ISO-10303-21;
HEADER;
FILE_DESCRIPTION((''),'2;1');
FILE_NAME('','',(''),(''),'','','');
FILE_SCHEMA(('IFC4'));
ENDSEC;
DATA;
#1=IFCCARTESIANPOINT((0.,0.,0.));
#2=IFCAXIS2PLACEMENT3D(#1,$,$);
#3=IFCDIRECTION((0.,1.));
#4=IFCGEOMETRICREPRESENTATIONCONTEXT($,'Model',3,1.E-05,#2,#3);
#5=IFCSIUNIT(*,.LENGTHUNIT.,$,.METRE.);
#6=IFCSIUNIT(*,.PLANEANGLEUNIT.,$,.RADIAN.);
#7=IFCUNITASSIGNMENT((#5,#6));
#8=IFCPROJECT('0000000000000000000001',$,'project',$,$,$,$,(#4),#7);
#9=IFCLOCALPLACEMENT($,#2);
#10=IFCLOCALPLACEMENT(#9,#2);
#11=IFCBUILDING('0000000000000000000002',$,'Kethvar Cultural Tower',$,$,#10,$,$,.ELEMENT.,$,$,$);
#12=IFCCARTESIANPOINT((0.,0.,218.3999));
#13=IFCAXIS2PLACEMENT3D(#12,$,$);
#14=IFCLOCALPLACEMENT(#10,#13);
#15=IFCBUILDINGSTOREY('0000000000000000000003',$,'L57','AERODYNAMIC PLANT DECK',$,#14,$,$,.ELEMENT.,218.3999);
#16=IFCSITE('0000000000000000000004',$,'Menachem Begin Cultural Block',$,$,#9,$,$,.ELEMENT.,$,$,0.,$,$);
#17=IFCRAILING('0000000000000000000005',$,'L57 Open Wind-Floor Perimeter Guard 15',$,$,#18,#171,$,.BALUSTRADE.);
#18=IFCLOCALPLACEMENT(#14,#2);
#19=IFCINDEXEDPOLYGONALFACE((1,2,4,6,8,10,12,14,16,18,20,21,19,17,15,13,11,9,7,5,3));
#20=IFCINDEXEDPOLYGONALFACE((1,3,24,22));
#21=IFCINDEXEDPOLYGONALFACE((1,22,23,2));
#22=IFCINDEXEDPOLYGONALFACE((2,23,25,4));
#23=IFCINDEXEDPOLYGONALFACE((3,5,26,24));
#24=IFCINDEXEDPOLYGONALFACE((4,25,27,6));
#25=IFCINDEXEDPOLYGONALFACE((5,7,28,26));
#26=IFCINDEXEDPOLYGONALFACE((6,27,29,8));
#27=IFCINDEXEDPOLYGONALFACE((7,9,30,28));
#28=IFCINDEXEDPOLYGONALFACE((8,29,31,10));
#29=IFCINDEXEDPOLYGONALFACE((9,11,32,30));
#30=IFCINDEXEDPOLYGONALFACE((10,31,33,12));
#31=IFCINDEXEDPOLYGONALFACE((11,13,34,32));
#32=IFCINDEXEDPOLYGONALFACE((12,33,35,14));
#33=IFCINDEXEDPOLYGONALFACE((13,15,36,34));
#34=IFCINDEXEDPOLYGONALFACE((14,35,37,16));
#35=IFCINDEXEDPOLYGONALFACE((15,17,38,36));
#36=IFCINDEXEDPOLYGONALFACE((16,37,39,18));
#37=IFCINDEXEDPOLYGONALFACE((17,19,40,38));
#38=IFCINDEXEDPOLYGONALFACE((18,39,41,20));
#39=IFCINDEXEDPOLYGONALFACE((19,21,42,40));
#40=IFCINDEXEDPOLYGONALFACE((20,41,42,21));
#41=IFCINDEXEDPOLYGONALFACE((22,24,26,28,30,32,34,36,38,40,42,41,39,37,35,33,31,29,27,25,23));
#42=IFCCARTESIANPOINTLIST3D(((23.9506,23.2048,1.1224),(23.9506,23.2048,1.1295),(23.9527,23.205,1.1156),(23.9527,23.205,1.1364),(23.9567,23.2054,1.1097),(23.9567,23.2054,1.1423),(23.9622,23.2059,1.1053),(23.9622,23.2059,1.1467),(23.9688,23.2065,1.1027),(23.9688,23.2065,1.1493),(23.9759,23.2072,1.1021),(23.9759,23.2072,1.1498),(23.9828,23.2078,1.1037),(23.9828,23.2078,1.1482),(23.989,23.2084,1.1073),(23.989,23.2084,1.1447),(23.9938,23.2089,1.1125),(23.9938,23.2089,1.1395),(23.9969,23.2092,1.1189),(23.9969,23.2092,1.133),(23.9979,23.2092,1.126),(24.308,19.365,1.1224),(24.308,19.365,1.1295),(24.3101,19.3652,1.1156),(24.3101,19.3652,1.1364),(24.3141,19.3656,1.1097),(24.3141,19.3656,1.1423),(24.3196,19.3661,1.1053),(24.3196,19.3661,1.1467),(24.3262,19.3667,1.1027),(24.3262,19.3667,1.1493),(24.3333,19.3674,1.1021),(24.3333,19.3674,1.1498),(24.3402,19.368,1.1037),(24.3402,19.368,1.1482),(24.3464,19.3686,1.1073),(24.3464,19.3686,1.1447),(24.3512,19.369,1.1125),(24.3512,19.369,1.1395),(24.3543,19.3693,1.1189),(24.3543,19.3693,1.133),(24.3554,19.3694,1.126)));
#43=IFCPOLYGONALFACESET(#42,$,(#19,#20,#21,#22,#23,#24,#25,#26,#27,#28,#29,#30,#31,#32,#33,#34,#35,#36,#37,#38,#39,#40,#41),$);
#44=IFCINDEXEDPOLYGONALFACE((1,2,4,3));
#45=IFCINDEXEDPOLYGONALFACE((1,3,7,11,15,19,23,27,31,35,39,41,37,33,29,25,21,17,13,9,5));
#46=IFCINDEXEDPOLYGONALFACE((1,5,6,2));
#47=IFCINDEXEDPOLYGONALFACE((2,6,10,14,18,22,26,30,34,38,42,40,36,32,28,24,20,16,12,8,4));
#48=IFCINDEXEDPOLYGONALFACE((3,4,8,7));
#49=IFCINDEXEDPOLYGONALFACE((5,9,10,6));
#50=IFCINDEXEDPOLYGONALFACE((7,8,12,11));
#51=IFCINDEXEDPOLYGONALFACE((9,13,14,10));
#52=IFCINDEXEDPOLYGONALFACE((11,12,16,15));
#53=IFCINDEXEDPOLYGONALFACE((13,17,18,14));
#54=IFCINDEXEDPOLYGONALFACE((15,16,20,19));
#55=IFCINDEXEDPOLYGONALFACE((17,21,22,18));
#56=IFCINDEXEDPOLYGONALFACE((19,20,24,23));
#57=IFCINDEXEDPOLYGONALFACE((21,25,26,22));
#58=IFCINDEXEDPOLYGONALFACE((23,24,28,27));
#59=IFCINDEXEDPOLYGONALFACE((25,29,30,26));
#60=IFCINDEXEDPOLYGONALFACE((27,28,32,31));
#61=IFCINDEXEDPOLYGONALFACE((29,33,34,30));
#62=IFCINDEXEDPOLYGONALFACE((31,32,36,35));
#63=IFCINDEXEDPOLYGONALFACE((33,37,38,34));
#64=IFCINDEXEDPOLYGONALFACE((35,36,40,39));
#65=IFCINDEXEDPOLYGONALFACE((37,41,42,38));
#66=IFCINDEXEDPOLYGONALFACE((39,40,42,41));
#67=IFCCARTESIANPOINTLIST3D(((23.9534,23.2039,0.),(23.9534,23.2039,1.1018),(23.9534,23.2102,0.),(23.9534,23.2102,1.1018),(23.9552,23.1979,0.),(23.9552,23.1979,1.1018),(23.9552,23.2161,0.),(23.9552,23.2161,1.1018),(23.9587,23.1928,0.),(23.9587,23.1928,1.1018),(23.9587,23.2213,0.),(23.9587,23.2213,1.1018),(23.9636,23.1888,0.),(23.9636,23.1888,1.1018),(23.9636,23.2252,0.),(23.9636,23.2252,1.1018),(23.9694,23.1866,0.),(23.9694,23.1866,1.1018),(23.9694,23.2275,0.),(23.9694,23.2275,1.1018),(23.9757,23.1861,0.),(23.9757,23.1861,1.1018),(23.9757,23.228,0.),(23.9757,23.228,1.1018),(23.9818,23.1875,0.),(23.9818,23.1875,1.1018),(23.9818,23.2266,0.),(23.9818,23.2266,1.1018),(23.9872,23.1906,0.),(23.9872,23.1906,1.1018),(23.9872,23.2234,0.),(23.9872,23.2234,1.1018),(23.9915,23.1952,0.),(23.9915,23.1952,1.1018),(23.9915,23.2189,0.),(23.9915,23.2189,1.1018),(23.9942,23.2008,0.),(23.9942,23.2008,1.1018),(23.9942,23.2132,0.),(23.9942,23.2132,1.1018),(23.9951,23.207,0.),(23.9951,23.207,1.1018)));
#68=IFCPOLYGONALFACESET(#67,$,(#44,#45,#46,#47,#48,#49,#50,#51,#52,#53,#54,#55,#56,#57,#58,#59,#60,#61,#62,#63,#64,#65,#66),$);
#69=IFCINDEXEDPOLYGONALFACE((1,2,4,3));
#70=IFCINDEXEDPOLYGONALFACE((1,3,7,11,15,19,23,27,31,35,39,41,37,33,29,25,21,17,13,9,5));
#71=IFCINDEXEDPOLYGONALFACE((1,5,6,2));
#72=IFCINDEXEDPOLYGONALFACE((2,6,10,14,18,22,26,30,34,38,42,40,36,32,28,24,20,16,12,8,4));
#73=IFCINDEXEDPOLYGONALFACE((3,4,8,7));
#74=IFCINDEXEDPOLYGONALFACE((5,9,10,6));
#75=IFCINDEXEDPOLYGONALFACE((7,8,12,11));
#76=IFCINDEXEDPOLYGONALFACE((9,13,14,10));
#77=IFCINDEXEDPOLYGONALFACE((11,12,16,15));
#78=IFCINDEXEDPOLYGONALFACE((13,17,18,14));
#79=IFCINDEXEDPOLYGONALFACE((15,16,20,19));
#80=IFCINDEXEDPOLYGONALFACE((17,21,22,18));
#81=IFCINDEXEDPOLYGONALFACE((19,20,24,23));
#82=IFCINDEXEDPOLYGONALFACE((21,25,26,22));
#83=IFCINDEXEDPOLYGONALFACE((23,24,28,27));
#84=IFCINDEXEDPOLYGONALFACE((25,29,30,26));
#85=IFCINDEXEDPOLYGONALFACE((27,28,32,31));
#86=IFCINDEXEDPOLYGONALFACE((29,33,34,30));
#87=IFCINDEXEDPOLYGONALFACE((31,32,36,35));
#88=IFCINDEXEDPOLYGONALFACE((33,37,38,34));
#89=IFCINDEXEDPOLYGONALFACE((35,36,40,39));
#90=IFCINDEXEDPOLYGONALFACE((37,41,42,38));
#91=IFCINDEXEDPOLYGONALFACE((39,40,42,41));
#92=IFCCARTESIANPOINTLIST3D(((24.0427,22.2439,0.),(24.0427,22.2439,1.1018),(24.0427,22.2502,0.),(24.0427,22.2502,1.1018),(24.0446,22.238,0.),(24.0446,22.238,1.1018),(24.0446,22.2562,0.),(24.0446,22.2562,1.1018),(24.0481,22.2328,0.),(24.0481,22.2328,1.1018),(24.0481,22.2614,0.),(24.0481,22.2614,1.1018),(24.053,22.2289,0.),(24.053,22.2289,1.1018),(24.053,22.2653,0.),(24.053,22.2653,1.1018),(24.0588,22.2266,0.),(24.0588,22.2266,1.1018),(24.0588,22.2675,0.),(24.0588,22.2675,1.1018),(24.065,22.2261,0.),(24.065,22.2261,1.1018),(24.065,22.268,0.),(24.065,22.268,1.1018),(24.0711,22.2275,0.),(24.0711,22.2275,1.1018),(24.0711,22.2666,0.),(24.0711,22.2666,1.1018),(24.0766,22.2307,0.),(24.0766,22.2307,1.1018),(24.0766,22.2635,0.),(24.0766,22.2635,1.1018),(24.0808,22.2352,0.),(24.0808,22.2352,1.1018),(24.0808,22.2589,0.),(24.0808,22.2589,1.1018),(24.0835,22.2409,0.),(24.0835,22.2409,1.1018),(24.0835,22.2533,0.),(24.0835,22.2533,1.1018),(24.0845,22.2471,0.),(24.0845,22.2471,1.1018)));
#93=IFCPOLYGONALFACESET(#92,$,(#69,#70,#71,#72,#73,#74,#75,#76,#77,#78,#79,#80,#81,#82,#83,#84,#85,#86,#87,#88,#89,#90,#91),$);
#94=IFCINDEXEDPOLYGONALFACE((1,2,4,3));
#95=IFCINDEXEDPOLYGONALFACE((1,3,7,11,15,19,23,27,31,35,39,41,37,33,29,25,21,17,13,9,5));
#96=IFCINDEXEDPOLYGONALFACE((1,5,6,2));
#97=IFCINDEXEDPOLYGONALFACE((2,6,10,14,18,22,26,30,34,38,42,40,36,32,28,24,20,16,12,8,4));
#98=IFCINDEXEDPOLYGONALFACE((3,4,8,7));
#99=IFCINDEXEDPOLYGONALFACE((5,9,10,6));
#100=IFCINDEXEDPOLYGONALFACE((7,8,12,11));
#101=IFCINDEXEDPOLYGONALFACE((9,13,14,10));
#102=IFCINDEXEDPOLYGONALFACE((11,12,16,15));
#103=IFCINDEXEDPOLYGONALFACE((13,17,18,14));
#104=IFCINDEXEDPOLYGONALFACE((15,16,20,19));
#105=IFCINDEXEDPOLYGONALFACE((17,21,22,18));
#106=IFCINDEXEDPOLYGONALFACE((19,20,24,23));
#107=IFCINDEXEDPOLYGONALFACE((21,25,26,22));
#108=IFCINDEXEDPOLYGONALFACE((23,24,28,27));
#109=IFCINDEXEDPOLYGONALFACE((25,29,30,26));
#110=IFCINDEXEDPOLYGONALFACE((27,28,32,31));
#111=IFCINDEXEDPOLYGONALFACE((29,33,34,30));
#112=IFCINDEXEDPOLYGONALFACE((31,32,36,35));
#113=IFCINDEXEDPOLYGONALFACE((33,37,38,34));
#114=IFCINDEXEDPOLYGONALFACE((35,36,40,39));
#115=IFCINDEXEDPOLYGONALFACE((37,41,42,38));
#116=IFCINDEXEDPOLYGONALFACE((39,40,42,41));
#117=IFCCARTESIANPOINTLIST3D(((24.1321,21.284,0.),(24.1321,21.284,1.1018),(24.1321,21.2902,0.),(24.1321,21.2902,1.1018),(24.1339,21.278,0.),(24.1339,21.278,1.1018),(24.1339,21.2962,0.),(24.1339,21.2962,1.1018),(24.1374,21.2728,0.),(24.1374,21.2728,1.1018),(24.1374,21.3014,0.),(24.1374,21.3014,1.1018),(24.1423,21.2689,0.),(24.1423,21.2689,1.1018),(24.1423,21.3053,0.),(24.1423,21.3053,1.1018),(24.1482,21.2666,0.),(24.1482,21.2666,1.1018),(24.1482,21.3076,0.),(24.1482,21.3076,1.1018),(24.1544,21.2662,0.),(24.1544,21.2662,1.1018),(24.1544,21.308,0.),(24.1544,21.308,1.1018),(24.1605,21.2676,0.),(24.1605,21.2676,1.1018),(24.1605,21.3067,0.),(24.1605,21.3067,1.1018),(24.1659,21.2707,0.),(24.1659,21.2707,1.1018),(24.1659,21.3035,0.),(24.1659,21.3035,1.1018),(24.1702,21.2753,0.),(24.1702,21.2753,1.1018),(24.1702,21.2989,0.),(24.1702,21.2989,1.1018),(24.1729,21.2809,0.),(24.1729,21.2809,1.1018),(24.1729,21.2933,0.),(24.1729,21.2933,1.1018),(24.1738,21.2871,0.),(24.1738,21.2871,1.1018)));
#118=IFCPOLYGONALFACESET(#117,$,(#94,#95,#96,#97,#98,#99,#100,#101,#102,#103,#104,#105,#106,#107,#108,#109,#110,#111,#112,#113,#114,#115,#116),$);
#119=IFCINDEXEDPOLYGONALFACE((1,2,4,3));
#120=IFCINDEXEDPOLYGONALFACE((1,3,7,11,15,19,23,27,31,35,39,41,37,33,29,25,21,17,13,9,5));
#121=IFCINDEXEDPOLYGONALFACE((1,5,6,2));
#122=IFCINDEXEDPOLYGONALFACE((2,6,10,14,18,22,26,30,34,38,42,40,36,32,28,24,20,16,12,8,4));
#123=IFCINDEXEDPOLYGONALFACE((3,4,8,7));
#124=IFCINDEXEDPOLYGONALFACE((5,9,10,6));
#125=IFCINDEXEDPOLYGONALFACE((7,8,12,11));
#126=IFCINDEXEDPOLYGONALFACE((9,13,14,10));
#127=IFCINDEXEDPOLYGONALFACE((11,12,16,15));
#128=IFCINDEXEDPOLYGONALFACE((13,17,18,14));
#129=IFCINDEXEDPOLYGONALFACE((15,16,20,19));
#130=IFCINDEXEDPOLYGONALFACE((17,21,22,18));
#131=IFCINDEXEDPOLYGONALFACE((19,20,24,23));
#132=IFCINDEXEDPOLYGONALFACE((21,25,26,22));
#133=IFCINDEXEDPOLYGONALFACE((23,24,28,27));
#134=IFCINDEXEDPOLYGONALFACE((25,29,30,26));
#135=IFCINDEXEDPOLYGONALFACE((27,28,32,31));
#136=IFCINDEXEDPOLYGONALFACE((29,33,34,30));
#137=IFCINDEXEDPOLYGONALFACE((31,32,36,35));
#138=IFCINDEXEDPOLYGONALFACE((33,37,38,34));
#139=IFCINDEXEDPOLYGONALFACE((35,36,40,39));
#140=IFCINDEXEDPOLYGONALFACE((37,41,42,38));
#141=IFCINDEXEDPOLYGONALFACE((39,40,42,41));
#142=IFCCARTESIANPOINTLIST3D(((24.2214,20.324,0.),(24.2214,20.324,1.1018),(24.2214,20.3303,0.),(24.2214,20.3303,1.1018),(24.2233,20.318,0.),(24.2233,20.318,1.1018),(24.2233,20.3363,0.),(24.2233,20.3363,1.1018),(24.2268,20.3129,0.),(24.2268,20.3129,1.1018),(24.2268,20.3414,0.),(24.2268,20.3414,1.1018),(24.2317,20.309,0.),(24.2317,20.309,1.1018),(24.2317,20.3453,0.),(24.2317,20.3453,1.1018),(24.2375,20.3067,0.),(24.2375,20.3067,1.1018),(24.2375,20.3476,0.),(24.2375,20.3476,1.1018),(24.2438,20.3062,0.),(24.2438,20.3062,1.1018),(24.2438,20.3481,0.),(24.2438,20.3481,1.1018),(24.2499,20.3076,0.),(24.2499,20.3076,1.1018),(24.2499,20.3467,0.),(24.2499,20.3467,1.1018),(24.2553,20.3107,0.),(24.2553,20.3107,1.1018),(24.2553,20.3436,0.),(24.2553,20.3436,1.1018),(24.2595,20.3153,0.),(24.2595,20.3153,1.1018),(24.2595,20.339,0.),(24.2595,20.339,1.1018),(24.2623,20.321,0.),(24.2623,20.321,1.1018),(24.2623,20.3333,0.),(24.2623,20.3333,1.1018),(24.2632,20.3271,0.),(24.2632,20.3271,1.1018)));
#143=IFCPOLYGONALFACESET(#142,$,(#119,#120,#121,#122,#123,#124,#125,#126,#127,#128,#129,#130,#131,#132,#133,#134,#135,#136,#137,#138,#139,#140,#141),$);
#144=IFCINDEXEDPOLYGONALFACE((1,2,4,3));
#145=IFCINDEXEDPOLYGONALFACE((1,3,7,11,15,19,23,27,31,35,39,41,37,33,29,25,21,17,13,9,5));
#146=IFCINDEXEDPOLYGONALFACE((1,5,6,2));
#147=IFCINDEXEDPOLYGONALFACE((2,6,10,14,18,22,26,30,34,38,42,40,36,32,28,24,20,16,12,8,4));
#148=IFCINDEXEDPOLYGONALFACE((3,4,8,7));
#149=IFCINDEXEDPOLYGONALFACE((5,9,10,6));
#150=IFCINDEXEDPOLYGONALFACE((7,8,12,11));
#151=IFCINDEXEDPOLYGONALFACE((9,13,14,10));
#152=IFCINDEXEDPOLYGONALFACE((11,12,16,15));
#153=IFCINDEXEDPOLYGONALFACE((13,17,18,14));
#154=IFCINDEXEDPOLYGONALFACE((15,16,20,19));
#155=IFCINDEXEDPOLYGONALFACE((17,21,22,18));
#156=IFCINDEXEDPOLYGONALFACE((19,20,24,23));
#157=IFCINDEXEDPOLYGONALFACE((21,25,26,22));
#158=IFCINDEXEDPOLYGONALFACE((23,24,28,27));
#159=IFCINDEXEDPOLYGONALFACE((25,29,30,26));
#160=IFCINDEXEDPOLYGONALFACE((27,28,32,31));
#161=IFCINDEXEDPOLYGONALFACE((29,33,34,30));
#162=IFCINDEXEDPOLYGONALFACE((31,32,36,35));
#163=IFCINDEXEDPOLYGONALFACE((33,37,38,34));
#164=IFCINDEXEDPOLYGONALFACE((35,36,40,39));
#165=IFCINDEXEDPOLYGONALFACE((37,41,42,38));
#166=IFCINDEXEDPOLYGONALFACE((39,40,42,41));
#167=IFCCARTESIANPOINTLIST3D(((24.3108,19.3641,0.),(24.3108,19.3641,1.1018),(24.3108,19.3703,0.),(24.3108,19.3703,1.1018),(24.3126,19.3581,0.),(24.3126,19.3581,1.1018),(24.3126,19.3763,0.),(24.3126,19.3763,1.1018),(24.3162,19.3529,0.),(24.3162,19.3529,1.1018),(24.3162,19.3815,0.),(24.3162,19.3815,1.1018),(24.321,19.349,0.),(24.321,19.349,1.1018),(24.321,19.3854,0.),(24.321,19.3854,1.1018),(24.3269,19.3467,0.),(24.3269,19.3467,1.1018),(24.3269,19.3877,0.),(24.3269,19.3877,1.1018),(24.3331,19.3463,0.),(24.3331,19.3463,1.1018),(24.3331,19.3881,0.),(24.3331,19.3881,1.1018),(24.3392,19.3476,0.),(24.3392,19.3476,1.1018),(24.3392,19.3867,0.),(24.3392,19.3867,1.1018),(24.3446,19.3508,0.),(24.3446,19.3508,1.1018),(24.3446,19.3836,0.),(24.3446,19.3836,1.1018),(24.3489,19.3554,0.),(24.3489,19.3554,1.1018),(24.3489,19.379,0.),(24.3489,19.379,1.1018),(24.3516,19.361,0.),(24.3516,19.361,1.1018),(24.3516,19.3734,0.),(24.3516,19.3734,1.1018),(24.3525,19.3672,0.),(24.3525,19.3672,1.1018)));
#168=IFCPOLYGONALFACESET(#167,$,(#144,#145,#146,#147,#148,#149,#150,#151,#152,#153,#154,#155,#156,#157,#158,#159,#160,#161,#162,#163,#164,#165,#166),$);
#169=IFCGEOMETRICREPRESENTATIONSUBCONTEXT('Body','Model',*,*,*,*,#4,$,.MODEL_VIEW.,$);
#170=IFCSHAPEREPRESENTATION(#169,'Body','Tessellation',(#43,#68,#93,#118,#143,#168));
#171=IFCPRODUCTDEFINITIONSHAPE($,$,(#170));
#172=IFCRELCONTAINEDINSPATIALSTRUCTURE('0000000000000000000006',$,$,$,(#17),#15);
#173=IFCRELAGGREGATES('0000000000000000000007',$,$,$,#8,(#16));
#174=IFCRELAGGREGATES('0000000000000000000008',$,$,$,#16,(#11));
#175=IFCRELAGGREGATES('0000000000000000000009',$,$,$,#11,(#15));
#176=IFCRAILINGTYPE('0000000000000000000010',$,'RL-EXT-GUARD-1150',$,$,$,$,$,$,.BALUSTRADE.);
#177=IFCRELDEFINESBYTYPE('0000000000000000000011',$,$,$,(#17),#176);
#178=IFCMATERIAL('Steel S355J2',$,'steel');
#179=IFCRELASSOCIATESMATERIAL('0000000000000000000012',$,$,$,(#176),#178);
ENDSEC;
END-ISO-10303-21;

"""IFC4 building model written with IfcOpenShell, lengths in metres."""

from ifc_helpers import new_model, si_unit, direction, frame, origin, origin_2d, place, context, subcontext, project, spatial, circle, extrude, material, type_object, element, save


model = new_model("IFC4")

# Units and contexts
model_context = context("Model", 3, precision=1e-05, world=origin(), true_north=direction((0.0, 1.0)))
body_context = subcontext(model_context, "Body", "Model", "MODEL_VIEW")
ifc_project = project(units=[si_unit("LENGTHUNIT", "METRE"), si_unit("PLANEANGLEUNIT", "RADIAN")], contexts=[model_context])

# Site, building, storey
site_placement = place(None, origin())
site = spatial("IfcSite", under=ifc_project, at=site_placement, Name="Menachem Begin Cultural Block", CompositionType="ELEMENT", RefElevation=0.0)
building_placement = place(site_placement, origin())
building = spatial("IfcBuilding", under=site, at=building_placement, Name="Kethvar Cultural Tower", CompositionType="ELEMENT")
storey_placement = place(building_placement, frame((0.0, 0.0, 218.3999)))
storey = spatial("IfcBuildingStorey", under=building, at=storey_placement, Name="L57", Description="AERODYNAMIC PLANT DECK", CompositionType="ELEMENT", Elevation=218.3999)

# Shared definitions
ifc_material_1 = material(Name="Steel S355J2", Category="steel")

# Railing
railing_type = type_object("IfcRailingType", Name="RL-EXT-GUARD-1150", PredefinedType="BALUSTRADE", material=ifc_material_1)
railing_1_placement = place(storey_placement, frame((23.9741, 23.207, 0.0)))
element("IfcRailing", 1, at=railing_1_placement, inside=storey, type_object=railing_type, Name="L57 Open Wind-Floor Perimeter Guard 15", PredefinedType="BALUSTRADE", context=body_context, shape_type="SweptSolid", body=[
    extrude(circle(Radius=0.0239, at=origin_2d()), frame((0.0, 0.0, 1.126), z_axis=(0.092682, -0.995696, 0.0), x_axis=(0.995696, 0.092682, 0.0)), (0.0, 0.0, 1.0), 3.8564),
    extrude(circle(Radius=0.021, at=origin_2d()), origin(), (0.0, 0.0, 1.0), 1.1018),
    extrude(circle(Radius=0.021, at=origin_2d()), frame((0.0894, -0.96, 0.0)), (0.0, 0.0, 1.0), 1.1018),
    extrude(circle(Radius=0.021, at=origin_2d()), frame((0.1787, -1.9199, 0.0)), (0.0, 0.0, 1.0), 1.1018),
    extrude(circle(Radius=0.021, at=origin_2d()), frame((0.2681, -2.8799, 0.0)), (0.0, 0.0, 1.0), 1.1018),
    extrude(circle(Radius=0.021, at=origin_2d()), frame((0.3574, -3.8398, 0.0)), (0.0, 0.0, 1.0), 1.1018),
])

save(model, "model.ifc")
